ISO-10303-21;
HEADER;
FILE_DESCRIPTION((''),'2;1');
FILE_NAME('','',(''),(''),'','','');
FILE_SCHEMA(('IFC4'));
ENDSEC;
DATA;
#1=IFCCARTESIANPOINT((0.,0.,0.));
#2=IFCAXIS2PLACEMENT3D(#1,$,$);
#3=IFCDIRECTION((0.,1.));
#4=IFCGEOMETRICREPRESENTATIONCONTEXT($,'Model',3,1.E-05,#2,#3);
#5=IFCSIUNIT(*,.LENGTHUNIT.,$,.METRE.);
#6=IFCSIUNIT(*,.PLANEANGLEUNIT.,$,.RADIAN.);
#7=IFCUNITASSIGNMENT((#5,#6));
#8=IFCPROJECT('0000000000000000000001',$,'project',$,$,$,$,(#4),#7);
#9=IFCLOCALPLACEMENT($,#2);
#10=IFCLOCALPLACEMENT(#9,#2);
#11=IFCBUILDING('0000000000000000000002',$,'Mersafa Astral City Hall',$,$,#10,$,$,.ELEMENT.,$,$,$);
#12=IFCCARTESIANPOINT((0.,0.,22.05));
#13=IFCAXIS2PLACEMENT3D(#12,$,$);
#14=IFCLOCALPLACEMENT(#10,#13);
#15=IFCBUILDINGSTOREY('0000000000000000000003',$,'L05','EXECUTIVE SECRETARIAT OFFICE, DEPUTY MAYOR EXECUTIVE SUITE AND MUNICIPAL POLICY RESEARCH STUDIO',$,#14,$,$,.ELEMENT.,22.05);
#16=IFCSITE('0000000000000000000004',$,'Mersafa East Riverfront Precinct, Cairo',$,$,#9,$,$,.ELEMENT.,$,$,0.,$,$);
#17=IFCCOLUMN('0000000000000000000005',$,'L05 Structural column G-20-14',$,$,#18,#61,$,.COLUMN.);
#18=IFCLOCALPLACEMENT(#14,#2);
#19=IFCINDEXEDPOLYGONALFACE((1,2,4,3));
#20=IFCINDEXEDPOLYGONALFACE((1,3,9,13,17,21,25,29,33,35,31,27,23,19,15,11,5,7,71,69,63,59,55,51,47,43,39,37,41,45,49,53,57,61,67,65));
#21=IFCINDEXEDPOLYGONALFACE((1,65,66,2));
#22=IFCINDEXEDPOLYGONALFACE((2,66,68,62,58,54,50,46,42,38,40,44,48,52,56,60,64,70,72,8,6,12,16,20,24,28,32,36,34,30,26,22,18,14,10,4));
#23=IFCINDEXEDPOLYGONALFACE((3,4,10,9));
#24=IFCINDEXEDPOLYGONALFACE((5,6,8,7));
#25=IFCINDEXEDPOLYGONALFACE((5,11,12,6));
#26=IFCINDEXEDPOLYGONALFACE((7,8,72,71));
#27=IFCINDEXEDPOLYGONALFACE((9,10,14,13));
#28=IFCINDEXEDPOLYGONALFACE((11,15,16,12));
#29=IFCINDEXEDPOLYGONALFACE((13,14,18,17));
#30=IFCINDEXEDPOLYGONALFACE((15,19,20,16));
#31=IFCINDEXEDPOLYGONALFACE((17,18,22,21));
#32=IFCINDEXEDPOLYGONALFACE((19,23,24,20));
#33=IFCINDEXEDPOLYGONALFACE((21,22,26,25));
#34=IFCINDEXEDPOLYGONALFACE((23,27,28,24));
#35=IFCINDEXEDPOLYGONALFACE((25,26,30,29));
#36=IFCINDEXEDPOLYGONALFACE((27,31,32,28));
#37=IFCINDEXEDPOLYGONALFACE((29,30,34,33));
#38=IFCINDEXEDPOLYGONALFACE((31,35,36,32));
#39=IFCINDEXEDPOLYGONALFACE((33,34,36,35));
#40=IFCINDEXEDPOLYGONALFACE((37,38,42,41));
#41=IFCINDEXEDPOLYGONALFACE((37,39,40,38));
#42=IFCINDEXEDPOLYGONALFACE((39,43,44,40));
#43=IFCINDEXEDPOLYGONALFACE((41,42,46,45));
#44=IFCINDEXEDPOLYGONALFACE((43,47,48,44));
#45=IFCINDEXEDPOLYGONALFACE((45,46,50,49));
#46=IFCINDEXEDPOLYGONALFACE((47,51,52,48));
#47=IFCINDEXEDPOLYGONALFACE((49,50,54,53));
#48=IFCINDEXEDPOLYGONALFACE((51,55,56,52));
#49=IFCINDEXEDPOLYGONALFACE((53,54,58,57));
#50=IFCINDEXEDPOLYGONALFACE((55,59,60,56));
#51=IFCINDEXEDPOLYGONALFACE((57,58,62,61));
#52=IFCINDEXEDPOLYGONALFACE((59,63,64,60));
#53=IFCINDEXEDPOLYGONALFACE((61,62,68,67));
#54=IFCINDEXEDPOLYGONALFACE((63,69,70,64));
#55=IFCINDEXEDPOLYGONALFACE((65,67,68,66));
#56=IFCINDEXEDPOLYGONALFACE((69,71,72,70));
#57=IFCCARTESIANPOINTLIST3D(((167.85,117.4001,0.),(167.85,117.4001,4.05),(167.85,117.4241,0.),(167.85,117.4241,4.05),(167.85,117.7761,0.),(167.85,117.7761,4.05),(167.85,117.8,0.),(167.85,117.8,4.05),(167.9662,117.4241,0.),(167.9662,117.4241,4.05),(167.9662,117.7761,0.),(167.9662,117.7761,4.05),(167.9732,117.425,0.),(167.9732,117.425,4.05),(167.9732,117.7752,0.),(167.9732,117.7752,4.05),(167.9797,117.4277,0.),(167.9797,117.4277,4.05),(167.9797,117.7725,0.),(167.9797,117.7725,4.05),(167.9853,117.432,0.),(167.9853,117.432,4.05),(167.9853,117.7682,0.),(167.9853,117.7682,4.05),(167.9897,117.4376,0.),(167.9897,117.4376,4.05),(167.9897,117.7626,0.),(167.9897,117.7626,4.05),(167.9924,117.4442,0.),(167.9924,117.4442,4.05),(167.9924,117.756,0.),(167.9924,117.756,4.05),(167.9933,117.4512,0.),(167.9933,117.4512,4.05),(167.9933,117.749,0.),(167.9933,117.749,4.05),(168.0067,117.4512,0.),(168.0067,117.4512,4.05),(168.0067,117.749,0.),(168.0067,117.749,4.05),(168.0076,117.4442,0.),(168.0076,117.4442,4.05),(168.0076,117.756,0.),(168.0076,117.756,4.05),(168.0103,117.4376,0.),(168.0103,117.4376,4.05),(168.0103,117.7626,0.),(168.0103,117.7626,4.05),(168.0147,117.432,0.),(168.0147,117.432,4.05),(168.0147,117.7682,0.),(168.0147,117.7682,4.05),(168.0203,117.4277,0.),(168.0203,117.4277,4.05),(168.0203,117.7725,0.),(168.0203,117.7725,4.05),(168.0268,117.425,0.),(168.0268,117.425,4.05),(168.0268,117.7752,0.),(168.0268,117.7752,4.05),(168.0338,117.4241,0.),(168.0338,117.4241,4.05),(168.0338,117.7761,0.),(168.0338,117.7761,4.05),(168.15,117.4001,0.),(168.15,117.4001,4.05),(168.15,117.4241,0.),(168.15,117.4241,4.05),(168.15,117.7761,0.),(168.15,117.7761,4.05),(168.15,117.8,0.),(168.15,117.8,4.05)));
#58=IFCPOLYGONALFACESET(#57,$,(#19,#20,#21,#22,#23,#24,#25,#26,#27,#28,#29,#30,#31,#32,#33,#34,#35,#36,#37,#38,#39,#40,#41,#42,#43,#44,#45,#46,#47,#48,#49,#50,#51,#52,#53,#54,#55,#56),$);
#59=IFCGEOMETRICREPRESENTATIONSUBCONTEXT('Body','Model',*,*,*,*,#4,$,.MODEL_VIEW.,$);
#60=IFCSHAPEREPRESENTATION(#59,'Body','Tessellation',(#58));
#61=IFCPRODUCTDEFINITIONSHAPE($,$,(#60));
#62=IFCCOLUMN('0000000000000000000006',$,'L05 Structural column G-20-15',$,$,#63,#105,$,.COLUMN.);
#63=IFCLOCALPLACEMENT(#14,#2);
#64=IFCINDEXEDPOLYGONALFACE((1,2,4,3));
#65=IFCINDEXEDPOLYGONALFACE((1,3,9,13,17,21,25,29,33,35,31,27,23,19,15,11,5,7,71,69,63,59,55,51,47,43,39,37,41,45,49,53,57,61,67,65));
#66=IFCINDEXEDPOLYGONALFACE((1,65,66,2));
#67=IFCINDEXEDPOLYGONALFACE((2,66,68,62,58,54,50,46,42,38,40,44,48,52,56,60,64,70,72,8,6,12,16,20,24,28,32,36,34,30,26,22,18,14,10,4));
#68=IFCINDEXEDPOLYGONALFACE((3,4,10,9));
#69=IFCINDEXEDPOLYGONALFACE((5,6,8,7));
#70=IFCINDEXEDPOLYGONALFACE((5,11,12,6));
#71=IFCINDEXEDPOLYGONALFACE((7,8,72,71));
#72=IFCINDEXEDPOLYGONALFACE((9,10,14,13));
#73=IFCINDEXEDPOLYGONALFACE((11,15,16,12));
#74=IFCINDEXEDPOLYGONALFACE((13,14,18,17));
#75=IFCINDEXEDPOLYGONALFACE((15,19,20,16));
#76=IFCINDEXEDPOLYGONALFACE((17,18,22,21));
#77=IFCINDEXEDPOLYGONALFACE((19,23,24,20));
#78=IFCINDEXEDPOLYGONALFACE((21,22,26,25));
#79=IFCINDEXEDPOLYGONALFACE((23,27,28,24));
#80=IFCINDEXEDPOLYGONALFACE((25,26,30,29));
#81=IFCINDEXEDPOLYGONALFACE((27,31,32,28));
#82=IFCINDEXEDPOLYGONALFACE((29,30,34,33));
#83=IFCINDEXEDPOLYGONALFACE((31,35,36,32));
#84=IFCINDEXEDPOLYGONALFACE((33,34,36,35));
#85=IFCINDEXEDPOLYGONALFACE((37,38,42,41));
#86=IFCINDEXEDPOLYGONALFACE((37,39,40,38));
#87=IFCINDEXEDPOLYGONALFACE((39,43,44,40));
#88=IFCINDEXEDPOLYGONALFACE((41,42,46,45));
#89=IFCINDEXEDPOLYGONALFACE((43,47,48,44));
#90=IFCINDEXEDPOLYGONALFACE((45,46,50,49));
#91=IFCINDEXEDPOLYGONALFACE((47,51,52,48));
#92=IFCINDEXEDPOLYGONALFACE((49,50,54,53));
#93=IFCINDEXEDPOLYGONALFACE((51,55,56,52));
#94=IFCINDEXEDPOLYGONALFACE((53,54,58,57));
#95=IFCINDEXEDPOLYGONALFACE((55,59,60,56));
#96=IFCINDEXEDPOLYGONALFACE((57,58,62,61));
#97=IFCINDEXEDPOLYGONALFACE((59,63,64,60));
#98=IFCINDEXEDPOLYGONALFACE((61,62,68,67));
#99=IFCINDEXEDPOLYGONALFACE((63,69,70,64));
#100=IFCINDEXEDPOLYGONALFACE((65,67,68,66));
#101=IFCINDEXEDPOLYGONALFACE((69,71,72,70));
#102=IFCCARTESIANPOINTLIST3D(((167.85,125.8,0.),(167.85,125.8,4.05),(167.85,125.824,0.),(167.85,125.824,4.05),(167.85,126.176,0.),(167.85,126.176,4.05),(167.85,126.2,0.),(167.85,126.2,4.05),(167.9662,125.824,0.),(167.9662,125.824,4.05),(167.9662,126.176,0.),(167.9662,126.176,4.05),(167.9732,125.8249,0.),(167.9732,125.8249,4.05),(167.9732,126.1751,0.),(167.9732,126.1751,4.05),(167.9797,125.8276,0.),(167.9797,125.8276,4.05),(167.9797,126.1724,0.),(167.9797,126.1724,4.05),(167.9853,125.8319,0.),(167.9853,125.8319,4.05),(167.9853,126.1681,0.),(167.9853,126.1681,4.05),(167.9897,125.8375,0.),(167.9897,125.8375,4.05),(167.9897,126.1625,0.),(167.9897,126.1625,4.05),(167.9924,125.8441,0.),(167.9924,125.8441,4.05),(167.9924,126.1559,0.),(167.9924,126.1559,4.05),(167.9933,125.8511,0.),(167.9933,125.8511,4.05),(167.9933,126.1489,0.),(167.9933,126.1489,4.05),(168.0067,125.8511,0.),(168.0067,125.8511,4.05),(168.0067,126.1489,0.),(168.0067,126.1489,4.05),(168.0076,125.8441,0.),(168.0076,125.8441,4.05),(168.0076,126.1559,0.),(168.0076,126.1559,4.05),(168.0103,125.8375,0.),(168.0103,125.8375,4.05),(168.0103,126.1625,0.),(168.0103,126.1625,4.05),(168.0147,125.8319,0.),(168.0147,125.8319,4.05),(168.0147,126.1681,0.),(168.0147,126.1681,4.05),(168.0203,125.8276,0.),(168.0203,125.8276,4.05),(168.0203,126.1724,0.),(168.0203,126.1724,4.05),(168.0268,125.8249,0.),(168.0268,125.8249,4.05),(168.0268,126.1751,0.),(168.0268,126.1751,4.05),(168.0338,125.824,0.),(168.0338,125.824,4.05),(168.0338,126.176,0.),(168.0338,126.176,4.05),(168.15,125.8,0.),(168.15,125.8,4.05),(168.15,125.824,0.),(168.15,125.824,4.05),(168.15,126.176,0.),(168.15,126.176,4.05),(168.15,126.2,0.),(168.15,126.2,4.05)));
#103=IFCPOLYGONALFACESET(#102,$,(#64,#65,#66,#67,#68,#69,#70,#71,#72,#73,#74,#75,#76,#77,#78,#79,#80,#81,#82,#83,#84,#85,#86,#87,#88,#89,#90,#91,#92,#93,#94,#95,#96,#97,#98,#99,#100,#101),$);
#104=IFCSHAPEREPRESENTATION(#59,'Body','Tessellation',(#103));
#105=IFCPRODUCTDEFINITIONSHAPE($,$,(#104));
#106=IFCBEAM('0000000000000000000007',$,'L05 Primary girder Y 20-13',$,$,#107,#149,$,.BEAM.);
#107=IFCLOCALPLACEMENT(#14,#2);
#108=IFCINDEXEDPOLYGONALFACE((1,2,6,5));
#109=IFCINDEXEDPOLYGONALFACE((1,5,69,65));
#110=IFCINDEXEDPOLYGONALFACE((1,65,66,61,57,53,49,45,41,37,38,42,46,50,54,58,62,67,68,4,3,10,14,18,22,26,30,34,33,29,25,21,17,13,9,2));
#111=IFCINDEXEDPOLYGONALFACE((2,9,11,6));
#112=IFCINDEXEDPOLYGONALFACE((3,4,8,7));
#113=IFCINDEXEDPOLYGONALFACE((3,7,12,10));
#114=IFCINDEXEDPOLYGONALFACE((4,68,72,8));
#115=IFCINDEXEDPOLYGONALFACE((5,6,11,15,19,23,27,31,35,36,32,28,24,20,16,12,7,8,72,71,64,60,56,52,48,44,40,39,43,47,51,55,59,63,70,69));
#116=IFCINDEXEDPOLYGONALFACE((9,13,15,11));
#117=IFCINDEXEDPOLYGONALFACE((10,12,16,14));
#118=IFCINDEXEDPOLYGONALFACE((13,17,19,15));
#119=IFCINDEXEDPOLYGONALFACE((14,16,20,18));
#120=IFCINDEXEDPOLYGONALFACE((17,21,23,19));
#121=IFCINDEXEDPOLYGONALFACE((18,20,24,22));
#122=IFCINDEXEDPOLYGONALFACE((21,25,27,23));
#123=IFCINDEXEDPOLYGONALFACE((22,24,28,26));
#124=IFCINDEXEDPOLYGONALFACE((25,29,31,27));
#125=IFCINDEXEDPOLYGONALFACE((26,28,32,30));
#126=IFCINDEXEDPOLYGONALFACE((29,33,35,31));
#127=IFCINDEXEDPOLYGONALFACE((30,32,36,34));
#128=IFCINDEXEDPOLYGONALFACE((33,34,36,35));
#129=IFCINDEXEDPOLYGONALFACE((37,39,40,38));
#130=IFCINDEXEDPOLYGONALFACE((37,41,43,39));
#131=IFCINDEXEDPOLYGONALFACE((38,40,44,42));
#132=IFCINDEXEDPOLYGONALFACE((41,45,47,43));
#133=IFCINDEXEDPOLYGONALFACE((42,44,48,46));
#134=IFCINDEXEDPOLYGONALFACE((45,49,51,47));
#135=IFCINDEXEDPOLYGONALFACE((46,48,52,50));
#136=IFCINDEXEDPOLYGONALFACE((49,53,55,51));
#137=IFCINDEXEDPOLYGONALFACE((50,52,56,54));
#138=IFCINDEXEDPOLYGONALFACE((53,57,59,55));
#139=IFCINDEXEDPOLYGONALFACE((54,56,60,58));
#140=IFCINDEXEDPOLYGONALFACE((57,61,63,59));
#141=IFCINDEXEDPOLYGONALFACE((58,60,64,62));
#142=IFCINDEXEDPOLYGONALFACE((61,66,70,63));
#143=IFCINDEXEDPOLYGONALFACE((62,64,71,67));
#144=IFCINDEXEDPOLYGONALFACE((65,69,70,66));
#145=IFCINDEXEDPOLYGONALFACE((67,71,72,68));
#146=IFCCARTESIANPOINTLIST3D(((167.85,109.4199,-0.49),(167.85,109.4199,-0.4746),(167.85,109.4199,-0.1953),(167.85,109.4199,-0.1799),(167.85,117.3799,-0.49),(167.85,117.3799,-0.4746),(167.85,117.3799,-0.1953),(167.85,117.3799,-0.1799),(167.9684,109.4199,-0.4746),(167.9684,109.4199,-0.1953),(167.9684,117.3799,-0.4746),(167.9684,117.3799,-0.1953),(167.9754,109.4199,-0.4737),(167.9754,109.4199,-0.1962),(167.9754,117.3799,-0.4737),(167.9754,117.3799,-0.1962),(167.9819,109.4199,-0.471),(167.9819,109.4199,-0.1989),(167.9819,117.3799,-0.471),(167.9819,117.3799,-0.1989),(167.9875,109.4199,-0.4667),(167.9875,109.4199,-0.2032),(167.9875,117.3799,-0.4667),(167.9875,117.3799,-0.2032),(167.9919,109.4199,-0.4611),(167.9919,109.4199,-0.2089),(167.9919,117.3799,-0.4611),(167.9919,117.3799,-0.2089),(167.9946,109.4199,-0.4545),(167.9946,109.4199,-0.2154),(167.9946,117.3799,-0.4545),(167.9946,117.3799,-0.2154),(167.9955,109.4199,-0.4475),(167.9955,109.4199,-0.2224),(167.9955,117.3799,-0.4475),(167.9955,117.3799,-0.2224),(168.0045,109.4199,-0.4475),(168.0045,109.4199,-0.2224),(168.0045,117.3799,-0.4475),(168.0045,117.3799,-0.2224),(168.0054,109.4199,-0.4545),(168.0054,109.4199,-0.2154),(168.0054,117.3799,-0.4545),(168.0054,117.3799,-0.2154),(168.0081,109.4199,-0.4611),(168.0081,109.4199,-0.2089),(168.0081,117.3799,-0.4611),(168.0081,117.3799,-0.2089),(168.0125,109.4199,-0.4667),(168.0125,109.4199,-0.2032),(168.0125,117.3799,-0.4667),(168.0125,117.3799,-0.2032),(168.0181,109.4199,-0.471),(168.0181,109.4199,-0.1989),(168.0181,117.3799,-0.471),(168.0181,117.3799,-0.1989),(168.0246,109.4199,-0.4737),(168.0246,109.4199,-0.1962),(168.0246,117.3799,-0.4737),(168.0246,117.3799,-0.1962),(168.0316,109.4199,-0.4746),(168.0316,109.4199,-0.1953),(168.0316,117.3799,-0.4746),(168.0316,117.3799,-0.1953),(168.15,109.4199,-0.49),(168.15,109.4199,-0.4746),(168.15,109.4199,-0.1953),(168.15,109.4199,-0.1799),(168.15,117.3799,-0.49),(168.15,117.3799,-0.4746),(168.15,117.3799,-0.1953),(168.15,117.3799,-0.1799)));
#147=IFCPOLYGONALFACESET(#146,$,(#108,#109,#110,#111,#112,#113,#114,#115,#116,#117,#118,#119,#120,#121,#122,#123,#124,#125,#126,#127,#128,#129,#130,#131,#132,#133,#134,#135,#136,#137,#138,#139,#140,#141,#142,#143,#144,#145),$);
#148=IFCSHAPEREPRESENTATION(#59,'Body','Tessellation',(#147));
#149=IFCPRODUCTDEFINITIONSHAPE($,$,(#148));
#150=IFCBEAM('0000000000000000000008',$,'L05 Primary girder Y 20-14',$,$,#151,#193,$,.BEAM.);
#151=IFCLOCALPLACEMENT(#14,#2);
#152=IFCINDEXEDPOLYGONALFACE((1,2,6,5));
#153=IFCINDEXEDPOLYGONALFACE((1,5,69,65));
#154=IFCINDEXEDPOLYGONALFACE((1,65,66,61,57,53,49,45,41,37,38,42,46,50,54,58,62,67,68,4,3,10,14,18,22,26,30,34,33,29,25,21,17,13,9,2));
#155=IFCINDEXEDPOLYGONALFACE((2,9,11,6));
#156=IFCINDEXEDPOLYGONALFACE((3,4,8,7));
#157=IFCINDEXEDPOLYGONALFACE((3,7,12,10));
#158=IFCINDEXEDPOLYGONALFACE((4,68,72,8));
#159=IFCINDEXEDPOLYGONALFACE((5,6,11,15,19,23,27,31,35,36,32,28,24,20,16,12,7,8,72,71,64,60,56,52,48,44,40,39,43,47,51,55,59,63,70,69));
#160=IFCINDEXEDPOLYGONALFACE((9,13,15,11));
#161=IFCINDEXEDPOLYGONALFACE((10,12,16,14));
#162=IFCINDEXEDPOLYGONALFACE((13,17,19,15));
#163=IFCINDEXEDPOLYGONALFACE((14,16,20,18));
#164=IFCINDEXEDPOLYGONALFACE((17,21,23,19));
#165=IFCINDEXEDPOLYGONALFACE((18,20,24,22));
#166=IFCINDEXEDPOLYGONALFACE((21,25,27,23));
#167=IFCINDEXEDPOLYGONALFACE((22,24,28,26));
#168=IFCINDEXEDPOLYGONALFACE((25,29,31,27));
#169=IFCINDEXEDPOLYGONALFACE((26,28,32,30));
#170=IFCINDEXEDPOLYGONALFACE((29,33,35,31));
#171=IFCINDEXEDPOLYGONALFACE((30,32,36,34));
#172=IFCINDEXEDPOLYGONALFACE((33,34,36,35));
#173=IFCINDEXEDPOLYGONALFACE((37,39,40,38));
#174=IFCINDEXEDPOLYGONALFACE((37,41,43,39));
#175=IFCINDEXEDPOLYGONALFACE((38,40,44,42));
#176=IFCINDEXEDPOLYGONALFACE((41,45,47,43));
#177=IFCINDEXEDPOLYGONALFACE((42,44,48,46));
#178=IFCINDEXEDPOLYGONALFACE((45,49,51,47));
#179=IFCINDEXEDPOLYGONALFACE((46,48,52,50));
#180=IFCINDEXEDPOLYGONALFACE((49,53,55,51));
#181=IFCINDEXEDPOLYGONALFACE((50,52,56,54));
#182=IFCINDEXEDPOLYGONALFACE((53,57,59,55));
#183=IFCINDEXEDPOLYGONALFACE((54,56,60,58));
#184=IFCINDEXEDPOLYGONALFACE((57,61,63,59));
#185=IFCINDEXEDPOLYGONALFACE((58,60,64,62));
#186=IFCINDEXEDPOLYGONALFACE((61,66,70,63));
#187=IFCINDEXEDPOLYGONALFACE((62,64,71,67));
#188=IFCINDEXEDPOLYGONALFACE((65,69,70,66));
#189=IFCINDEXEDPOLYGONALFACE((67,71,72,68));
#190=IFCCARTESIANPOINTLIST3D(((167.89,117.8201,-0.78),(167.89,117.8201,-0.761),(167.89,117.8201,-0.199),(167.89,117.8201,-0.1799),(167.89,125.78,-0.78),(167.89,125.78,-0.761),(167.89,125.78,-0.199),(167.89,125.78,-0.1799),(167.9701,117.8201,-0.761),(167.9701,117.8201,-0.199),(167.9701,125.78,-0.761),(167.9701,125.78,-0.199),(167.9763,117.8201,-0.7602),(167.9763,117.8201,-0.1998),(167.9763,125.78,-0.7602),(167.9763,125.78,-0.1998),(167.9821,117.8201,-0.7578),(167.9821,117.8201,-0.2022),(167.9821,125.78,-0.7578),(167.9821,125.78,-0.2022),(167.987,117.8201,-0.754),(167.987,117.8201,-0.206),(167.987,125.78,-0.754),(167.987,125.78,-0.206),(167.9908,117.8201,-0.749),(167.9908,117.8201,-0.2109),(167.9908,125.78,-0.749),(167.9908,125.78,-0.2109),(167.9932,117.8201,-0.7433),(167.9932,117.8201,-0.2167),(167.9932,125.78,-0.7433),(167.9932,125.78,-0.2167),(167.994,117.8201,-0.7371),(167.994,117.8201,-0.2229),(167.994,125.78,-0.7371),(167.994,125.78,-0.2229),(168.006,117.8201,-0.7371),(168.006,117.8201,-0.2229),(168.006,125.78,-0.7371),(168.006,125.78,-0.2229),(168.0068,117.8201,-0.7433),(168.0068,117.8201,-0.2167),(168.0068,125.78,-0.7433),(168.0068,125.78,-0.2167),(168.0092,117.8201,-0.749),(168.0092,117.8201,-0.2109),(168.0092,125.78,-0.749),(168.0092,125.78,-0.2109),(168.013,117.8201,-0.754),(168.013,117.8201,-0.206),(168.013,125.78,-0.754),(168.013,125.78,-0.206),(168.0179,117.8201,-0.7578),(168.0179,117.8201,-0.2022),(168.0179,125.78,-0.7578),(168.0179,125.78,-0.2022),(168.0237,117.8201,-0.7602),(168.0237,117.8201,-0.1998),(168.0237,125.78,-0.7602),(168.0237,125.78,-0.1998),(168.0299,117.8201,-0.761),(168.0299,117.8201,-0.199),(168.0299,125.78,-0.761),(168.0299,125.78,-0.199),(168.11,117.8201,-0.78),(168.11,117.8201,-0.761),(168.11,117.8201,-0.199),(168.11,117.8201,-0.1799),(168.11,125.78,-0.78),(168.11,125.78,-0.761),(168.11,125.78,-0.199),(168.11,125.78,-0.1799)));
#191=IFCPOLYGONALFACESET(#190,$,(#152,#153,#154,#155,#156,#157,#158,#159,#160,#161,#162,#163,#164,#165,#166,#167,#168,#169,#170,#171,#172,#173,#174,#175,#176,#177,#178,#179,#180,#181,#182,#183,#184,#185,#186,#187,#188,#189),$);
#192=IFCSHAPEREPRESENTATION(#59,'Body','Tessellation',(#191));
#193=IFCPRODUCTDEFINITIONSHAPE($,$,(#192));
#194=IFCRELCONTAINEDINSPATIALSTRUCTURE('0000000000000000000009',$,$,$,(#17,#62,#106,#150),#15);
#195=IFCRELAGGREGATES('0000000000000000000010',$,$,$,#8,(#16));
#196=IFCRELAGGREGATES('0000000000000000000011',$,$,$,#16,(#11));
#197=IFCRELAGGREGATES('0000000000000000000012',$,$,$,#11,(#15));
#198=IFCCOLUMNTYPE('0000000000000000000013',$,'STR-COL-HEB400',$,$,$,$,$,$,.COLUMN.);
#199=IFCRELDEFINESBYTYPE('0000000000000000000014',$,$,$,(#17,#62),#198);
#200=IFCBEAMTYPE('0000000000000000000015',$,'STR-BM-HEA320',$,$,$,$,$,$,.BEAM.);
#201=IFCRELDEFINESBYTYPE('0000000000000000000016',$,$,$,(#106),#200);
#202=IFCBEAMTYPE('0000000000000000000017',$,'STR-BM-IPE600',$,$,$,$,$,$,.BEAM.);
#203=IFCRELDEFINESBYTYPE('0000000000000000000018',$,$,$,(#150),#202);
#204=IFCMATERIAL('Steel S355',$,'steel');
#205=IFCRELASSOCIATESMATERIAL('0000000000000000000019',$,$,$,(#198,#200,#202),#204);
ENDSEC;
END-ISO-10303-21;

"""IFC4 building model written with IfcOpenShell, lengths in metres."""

from ifc_helpers import new_model, si_unit, direction, frame, origin, origin_2d, place, context, subcontext, project, spatial, i_section, extrude, material, material_profile, profile_set, type_object, element, save


model = new_model("IFC4")

# Units and contexts
model_context = context("Model", 3, precision=1e-05, world=origin(), true_north=direction((0.0, 1.0)))
body_context = subcontext(model_context, "Body", "Model", "MODEL_VIEW")
ifc_project = project(units=[si_unit("LENGTHUNIT", "METRE"), si_unit("PLANEANGLEUNIT", "RADIAN")], contexts=[model_context])

# Site, building, storey
site_placement = place(None, origin())
site = spatial("IfcSite", under=ifc_project, at=site_placement, Name="Mersafa East Riverfront Precinct, Cairo", CompositionType="ELEMENT", RefElevation=0.0)
building_placement = place(site_placement, origin())
building = spatial("IfcBuilding", under=site, at=building_placement, Name="Mersafa Astral City Hall", CompositionType="ELEMENT")
storey_placement = place(building_placement, frame((0.0, 0.0, 22.05)))
storey = spatial("IfcBuildingStorey", under=building, at=storey_placement, Name="L05", Description="EXECUTIVE SECRETARIAT OFFICE, DEPUTY MAYOR EXECUTIVE SUITE AND MUNICIPAL POLICY RESEARCH STUDIO", CompositionType="ELEMENT", Elevation=22.05)

# Columns
ifc_material_1 = material(Name="Steel S355", Category="steel")
ifc_material_profile_1 = material_profile(ifc_material_1, i_section(OverallWidth=0.3, OverallDepth=0.3999, WebThickness=0.0134, FlangeThickness=0.0239, FilletRadius=0.0271, at=origin_2d()), Name="HEB 400")
ifc_profile_set_1 = profile_set([ifc_material_profile_1], Name="Steel S355")
column_type = type_object("IfcColumnType", Name="STR-COL-HEB400", PredefinedType="COLUMN", material=ifc_profile_set_1)
for number, where, z_axis, x_axis, name in (
    (1, (168.0, 117.6001, 0.0), (0.0, 0.0, 1.0), (1.0, 0.0, 0.0), "L05 Structural column G-20-14"),
    (2, (168.0, 126.0, 0.0), (0.0, 0.0, 1.0), (1.0, 0.0, 0.0), "L05 Structural column G-20-15"),
):
    element("IfcColumn", number, at=place(storey_placement, frame(where, z_axis=z_axis, x_axis=x_axis)), inside=storey, type_object=column_type, Name=name, PredefinedType="COLUMN", context=body_context, shape_type="SweptSolid", body=[
        extrude(i_section(OverallWidth=0.3, OverallDepth=0.3999, WebThickness=0.0134, FlangeThickness=0.0239, FilletRadius=0.0271, at=origin_2d()), origin(), (0.0, 0.0, 1.0), 4.05),
    ])

# Beams
ifc_material_profile_2 = material_profile(ifc_material_1, i_section(OverallWidth=0.3, OverallDepth=0.3101, WebThickness=0.009, FlangeThickness=0.0154, FilletRadius=0.0271, at=origin_2d()), Name="HEA 320")
ifc_profile_set_2 = profile_set([ifc_material_profile_2], Name="Steel S355")
beam_type_1 = type_object("IfcBeamType", Name="STR-BM-HEA320", PredefinedType="BEAM", material=ifc_profile_set_2)
beam_1_placement = place(storey_placement, frame((168.0, 109.4199, -0.335), z_axis=(0.0, 1.0, 0.0), x_axis=(-1.0, 0.0, 0.0)))
element("IfcBeam", 3, at=beam_1_placement, inside=storey, type_object=beam_type_1, Name="L05 Primary girder Y 20-13", PredefinedType="BEAM", context=body_context, shape_type="SweptSolid", body=[
    extrude(i_section(OverallWidth=0.3, OverallDepth=0.3101, WebThickness=0.009, FlangeThickness=0.0154, FilletRadius=0.0271, at=origin_2d()), origin(), (0.0, 0.0, 1.0), 7.96),
])
ifc_material_profile_3 = material_profile(ifc_material_1, i_section(OverallWidth=0.22, OverallDepth=0.6001, WebThickness=0.012, FlangeThickness=0.019, FilletRadius=0.0239, at=origin_2d()), Name="IPE 600")
ifc_profile_set_3 = profile_set([ifc_material_profile_3], Name="Steel S355")
beam_type_2 = type_object("IfcBeamType", Name="STR-BM-IPE600", PredefinedType="BEAM", material=ifc_profile_set_3)
beam_2_placement = place(storey_placement, frame((168.0, 117.8201, -0.48), z_axis=(0.0, 1.0, 0.0), x_axis=(-1.0, 0.0, 0.0)))
element("IfcBeam", 4, at=beam_2_placement, inside=storey, type_object=beam_type_2, Name="L05 Primary girder Y 20-14", PredefinedType="BEAM", context=body_context, shape_type="SweptSolid", body=[
    extrude(i_section(OverallWidth=0.22, OverallDepth=0.6001, WebThickness=0.012, FlangeThickness=0.019, FilletRadius=0.0239, at=origin_2d()), origin(), (0.0, 0.0, 1.0), 7.96),
])

save(model, "model.ifc")
